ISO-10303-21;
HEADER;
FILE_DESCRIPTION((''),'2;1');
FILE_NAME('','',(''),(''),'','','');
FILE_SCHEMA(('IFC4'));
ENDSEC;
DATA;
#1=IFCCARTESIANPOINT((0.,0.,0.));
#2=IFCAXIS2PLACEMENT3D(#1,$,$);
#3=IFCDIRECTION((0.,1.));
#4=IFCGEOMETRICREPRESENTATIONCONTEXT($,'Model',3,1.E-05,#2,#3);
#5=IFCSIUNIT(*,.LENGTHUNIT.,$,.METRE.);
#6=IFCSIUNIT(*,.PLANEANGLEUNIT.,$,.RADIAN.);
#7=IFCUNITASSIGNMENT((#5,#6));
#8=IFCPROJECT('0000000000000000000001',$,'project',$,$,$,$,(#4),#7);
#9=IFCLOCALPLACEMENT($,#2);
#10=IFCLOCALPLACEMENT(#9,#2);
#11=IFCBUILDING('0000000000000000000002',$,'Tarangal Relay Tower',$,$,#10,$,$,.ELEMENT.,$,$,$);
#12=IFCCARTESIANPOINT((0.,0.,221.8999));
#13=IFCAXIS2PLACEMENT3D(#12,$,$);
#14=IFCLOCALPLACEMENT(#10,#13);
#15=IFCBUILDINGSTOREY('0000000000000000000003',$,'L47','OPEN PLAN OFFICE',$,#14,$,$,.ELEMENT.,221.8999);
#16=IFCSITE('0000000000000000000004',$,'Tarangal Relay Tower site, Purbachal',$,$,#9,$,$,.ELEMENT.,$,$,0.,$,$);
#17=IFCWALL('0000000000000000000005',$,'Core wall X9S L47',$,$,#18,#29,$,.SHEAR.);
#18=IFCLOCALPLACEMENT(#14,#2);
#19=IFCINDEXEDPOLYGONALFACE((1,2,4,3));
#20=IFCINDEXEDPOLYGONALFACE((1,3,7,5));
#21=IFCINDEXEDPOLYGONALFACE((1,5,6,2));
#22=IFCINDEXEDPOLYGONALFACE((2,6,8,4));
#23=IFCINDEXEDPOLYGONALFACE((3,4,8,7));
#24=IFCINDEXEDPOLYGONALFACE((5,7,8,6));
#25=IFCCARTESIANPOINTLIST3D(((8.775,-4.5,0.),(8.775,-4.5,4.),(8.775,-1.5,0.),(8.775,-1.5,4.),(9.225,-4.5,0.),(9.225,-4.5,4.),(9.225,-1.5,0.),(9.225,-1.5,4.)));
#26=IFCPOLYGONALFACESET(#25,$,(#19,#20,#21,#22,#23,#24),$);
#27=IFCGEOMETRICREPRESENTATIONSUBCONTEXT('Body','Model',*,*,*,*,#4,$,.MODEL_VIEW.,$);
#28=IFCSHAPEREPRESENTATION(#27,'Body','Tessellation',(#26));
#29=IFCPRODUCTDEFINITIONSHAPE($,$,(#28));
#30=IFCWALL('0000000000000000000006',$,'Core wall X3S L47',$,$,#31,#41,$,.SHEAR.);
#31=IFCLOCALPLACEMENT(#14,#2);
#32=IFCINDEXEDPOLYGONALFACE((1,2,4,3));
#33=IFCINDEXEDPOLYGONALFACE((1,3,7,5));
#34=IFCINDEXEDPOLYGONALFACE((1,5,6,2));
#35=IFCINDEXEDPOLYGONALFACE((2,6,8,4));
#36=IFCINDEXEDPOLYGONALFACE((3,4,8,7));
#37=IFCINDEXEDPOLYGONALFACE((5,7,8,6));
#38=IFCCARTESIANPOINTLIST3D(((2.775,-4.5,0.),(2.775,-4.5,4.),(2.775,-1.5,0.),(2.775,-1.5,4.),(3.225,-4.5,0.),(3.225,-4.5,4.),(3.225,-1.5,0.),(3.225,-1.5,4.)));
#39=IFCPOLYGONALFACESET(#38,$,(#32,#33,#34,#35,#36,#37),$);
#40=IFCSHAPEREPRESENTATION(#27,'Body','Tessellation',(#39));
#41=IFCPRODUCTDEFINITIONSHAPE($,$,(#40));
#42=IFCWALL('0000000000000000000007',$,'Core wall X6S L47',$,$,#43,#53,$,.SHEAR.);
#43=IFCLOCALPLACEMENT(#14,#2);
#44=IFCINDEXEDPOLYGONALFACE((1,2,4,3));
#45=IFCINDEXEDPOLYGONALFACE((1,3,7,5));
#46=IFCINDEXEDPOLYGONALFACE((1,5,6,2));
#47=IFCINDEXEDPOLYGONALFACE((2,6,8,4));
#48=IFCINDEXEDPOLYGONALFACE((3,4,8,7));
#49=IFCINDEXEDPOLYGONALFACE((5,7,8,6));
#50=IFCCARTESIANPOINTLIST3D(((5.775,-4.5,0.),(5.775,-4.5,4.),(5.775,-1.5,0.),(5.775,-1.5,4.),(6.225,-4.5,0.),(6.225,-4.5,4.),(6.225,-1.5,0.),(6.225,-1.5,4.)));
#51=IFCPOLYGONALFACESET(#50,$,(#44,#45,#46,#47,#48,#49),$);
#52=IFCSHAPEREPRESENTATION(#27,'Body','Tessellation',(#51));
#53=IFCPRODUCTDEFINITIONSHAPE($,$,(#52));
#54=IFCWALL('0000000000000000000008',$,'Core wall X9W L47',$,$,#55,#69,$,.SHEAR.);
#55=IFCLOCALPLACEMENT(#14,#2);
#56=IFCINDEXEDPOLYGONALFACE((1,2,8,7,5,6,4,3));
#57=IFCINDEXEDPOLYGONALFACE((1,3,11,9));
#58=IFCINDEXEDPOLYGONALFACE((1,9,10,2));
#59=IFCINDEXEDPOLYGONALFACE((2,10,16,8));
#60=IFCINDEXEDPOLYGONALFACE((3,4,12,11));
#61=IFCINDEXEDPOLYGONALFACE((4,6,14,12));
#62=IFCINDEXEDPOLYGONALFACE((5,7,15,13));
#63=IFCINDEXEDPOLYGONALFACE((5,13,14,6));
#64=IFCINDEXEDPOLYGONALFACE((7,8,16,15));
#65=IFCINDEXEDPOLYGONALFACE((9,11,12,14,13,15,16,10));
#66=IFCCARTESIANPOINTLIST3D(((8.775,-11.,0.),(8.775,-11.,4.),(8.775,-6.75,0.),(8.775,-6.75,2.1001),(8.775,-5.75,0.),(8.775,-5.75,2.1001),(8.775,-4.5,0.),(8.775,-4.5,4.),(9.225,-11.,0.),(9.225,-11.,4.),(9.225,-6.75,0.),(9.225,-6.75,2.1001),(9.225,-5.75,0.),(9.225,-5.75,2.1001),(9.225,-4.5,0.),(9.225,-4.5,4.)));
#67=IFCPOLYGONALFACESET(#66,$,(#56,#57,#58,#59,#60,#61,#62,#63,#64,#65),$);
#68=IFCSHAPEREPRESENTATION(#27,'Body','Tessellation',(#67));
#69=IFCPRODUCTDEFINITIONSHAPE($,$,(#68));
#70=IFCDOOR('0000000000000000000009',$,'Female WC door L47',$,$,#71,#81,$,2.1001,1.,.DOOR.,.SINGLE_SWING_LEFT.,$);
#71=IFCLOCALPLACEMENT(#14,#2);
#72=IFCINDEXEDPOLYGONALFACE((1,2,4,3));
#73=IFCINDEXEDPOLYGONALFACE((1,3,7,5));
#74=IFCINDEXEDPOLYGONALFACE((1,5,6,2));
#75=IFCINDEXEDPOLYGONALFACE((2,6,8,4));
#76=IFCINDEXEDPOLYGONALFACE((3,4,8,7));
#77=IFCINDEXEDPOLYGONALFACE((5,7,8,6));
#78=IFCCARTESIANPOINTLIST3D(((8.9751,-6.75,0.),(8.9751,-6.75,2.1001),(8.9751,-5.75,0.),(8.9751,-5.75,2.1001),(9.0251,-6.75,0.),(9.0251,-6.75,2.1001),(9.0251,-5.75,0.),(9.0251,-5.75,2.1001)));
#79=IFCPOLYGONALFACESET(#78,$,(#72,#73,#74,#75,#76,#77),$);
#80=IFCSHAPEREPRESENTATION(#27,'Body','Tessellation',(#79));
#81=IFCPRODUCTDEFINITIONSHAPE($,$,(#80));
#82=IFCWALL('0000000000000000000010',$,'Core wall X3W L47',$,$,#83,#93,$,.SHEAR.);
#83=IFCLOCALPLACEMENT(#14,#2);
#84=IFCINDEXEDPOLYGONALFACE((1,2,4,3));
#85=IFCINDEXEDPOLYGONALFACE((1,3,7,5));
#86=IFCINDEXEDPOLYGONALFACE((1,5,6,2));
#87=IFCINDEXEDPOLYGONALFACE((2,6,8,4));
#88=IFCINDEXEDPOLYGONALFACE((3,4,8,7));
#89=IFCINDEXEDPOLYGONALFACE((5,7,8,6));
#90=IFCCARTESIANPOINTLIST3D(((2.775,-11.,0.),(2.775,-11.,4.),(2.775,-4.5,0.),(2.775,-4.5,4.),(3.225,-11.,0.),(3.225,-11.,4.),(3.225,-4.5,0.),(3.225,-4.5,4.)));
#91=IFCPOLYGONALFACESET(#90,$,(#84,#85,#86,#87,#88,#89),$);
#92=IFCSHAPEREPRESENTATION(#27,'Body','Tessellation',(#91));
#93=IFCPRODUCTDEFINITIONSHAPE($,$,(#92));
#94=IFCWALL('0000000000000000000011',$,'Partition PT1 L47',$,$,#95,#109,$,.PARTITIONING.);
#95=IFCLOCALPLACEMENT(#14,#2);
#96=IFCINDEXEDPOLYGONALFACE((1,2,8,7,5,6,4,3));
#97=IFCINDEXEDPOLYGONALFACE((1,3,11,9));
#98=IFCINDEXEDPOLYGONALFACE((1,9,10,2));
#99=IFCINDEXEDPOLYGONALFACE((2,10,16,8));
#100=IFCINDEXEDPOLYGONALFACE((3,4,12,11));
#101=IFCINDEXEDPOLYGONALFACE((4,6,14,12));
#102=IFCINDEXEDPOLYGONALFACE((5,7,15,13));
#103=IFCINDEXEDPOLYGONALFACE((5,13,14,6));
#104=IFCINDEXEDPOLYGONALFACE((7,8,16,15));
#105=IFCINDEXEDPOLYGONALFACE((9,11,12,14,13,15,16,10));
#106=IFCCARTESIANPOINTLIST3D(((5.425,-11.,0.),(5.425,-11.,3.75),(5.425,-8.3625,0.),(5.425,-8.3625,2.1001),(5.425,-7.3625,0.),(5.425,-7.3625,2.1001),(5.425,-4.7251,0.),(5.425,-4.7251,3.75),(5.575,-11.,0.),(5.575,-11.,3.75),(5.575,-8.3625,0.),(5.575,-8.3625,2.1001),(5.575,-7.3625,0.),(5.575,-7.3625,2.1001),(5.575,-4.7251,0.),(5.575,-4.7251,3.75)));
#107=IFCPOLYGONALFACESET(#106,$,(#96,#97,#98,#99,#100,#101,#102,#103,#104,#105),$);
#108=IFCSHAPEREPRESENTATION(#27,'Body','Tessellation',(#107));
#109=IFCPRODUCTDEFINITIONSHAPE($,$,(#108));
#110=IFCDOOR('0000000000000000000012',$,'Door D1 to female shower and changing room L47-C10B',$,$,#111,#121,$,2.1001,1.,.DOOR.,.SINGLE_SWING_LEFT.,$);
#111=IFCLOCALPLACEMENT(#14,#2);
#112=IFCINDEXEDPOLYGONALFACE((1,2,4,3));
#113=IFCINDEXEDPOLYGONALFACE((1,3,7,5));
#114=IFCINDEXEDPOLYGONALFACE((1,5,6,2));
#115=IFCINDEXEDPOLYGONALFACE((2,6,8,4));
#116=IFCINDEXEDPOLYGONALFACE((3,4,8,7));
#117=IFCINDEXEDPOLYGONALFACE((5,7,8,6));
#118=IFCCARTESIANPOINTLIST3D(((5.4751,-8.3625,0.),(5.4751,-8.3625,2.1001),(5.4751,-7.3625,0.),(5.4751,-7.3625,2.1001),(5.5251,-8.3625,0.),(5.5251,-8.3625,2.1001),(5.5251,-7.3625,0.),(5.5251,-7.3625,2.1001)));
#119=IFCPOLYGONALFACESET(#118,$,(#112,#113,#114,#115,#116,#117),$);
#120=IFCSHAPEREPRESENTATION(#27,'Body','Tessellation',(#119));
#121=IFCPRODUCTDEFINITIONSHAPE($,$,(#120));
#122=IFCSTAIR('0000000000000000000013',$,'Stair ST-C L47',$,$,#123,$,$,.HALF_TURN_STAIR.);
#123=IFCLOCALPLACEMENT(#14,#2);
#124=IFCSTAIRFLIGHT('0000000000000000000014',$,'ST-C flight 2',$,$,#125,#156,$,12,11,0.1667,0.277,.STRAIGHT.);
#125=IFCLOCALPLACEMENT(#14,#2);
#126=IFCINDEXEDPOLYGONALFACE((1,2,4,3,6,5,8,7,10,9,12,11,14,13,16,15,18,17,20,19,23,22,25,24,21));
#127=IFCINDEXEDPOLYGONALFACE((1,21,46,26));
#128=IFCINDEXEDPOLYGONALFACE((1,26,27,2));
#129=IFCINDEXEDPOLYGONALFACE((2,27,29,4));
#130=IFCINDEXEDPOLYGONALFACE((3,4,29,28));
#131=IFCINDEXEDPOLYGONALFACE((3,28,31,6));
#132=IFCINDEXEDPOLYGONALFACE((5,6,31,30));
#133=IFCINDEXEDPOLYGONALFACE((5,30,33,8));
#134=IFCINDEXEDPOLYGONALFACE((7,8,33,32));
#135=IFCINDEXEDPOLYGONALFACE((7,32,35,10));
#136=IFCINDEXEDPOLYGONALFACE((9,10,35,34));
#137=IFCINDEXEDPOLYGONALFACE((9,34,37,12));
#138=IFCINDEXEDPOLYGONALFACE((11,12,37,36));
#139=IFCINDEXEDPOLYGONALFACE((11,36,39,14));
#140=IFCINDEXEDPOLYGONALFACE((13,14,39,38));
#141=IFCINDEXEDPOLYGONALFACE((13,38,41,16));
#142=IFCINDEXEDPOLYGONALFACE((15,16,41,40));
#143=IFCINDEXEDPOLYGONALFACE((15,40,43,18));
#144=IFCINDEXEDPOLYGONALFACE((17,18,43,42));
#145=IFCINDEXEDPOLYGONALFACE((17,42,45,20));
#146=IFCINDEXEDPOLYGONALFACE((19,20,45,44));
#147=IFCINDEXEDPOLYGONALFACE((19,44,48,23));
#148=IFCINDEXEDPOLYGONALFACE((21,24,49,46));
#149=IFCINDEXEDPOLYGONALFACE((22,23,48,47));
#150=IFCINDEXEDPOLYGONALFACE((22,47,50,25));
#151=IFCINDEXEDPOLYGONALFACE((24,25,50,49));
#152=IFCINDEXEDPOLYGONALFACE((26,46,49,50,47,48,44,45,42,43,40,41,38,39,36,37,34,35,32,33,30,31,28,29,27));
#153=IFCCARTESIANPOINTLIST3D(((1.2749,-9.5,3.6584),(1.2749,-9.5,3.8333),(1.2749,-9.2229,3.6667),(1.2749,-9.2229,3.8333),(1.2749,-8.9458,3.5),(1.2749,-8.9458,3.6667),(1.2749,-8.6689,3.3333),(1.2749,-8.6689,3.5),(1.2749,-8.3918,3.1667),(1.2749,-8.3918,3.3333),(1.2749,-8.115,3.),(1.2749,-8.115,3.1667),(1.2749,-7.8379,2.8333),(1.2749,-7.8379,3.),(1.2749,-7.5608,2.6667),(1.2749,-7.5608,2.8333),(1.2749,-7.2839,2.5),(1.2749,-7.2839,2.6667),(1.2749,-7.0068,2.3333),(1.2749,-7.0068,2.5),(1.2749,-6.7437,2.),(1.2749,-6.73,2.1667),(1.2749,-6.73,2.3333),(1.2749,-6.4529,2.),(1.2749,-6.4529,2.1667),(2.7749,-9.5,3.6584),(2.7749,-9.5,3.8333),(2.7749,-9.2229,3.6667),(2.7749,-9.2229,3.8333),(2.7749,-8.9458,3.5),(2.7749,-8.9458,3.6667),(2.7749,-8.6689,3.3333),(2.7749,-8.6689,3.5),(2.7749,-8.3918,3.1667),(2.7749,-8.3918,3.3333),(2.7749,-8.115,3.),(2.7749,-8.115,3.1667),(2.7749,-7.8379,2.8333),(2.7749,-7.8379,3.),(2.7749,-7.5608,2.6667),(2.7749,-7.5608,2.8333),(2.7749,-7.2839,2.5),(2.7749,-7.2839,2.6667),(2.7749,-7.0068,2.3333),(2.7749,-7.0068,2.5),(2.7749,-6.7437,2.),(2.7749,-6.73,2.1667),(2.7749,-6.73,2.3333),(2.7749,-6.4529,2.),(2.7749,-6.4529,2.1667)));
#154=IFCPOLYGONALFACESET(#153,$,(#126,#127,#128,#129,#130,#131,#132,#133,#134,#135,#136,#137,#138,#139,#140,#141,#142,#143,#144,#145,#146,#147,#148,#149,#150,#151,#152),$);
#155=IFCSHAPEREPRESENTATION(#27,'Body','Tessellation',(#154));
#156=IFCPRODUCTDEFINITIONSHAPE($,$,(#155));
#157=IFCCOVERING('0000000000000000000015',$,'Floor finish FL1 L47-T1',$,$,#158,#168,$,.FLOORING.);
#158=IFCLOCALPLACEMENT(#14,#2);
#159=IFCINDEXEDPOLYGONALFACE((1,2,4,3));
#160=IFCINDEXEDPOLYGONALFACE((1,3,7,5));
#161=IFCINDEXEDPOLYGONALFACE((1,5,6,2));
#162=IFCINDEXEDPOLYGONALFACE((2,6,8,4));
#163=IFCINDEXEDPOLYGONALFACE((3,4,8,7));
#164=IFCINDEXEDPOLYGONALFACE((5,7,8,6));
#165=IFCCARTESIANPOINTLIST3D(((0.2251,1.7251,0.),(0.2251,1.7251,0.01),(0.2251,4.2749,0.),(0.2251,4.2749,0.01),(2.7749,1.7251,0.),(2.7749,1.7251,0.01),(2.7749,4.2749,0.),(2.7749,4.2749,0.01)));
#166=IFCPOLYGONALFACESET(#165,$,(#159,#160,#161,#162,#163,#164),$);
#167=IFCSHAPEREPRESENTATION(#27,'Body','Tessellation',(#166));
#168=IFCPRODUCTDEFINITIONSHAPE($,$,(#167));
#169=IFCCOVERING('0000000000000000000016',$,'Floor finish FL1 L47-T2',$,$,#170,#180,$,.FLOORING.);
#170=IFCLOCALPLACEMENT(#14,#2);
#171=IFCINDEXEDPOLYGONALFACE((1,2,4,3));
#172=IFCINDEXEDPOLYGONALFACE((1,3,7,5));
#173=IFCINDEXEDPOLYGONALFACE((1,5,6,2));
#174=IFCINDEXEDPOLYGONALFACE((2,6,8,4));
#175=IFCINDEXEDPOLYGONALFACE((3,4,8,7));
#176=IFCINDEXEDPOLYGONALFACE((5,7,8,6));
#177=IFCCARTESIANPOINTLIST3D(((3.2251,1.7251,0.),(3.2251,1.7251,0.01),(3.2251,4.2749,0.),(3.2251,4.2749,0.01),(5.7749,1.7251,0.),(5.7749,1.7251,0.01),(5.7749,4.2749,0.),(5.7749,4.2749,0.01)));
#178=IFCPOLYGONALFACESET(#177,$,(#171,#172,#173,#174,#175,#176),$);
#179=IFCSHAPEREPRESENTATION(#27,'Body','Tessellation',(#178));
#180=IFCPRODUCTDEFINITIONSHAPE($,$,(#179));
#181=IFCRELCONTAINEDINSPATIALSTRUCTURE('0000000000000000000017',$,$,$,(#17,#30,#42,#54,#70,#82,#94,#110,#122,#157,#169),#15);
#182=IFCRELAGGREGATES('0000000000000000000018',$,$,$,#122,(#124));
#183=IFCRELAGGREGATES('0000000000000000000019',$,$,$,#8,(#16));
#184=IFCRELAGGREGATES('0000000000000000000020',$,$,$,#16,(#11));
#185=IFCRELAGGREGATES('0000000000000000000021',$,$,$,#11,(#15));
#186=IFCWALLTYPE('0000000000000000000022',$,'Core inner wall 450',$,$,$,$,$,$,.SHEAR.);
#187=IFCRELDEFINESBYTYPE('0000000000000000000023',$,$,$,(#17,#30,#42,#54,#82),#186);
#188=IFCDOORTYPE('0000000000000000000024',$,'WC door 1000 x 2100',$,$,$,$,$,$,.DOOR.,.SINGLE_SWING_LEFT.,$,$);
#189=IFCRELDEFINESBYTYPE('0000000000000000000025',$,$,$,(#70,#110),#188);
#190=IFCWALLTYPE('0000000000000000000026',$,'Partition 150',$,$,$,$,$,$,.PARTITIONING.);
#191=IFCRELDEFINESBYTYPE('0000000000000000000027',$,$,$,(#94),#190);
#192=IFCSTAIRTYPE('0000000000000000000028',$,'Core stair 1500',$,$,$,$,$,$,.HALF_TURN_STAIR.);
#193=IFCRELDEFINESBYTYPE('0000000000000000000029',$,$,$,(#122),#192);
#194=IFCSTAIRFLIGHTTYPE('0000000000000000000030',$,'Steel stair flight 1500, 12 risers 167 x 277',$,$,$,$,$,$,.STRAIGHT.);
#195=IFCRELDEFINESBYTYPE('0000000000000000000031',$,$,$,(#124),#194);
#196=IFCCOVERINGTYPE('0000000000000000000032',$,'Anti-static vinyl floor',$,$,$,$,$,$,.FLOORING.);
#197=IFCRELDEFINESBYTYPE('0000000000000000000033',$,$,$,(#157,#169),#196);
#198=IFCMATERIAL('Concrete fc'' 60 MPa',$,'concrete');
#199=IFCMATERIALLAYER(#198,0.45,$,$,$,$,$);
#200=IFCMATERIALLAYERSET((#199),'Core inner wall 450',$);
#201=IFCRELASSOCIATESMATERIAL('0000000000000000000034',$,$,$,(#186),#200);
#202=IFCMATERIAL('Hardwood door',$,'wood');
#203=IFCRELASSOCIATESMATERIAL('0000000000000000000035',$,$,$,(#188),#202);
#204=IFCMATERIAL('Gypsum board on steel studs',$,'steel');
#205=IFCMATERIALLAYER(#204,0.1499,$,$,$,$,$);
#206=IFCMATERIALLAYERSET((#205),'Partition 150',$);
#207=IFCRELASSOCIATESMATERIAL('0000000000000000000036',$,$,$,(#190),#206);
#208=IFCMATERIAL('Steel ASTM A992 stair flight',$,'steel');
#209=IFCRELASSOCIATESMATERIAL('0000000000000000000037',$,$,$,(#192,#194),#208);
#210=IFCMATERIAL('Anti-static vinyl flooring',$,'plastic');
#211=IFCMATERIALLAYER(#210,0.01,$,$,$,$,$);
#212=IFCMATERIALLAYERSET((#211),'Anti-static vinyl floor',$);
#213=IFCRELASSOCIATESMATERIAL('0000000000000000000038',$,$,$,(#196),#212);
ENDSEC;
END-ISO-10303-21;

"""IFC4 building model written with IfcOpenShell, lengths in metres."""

from ifc_helpers import new_model, si_unit, direction, frame, frame_2d, origin, place, context, subcontext, project, spatial, polyline, rectangle, outline, extrude, material, layer, layer_set, type_object, element, fill, aggregate, save


model = new_model("IFC4")

# Units and contexts
model_context = context("Model", 3, precision=1e-05, world=origin(), true_north=direction((0.0, 1.0)))
body_context = subcontext(model_context, "Body", "Model", "MODEL_VIEW")
ifc_project = project(units=[si_unit("LENGTHUNIT", "METRE"), si_unit("PLANEANGLEUNIT", "RADIAN")], contexts=[model_context])

# Site, building, storey
site_placement = place(None, origin())
site = spatial("IfcSite", under=ifc_project, at=site_placement, Name="Tarangal Relay Tower site, Purbachal", CompositionType="ELEMENT", RefElevation=0.0)
building_placement = place(site_placement, origin())
building = spatial("IfcBuilding", under=site, at=building_placement, Name="Tarangal Relay Tower", CompositionType="ELEMENT")
storey_placement = place(building_placement, frame((0.0, 0.0, 221.8999)))
storey = spatial("IfcBuildingStorey", under=building, at=storey_placement, Name="L47", Description="OPEN PLAN OFFICE", CompositionType="ELEMENT", Elevation=221.8999)

# Walls
ifc_material_1 = material(Name="Concrete fc' 60 MPa", Category="concrete")
ifc_layer_1 = layer(ifc_material_1, 0.45)
ifc_layer_set_1 = layer_set([ifc_layer_1], Name="Core inner wall 450")
wall_type_1 = type_object("IfcWallType", Name="Core inner wall 450", PredefinedType="SHEAR", material=ifc_layer_set_1)
for number, where, z_axis, x_axis, name in (
    (1, (9.0, -4.5, 0.0), (0.0, 0.0, 1.0), (0.0, 1.0, 0.0), "Core wall X9S L47"),
    (2, (3.0, -4.5, 0.0), (0.0, 0.0, 1.0), (0.0, 1.0, 0.0), "Core wall X3S L47"),
    (3, (6.0, -4.5, 0.0), (0.0, 0.0, 1.0), (0.0, 1.0, 0.0), "Core wall X6S L47"),
):
    element("IfcWall", number, at=place(storey_placement, frame(where, z_axis=z_axis, x_axis=x_axis)), inside=storey, type_object=wall_type_1, Name=name, PredefinedType="SHEAR", context=body_context, shape_type="SweptSolid", body=[
        extrude(rectangle(XDim=3.0, YDim=0.45, at=frame_2d((1.5, 0.0))), origin(), (0.0, 0.0, 1.0), 4.0),
    ])

# Wall, opening, door
wall_1_placement = place(storey_placement, frame((9.0, -11.0, 0.0), z_axis=(0.0, 0.0, 1.0), x_axis=(0.0, 1.0, 0.0)))
wall_1 = element("IfcWall", 4, at=wall_1_placement, inside=storey, type_object=wall_type_1, Name="Core wall X9W L47", PredefinedType="SHEAR", context=body_context, shape_type="SweptSolid", body=[
    extrude(rectangle(XDim=6.5, YDim=0.45, at=frame_2d((3.25, 0.0))), origin(), (0.0, 0.0, 1.0), 4.0),
])
opening_1_placement = place(wall_1_placement, frame((4.25, 0.0, 0.0)))
opening_1 = element("IfcOpeningElement", 5, at=opening_1_placement, cuts=wall_1, PredefinedType="OPENING", context=body_context, shape_type="SweptSolid", body=[
    extrude(rectangle(XDim=1.0, YDim=2.1001, at=frame_2d((0.5, 1.05))), frame((0.0, 0.2349, 0.0), z_axis=(0.0, -1.0, 0.0), x_axis=(1.0, 0.0, 0.0)), (0.0, 0.0, 1.0), 0.47),
])
ifc_material_2 = material(Name="Hardwood door", Category="wood")
door_type = type_object("IfcDoorType", Name="WC door 1000 x 2100", OperationType="SINGLE_SWING_LEFT", PredefinedType="DOOR", material=ifc_material_2)
door_1_placement = place(opening_1_placement, origin())
door_1 = element("IfcDoor", 6, at=door_1_placement, inside=storey, type_object=door_type, Name="Female WC door L47", OperationType="SINGLE_SWING_LEFT", OverallHeight=2.1001, OverallWidth=1.0, PredefinedType="DOOR", context=body_context, shape_type="SweptSolid", body=[
    extrude(rectangle(XDim=1.0, YDim=2.1001, at=frame_2d((0.5, 1.05))), frame((0.0, 0.0249, 0.0), z_axis=(0.0, -1.0, 0.0), x_axis=(1.0, 0.0, 0.0)), (0.0, 0.0, 1.0), 0.05),
])
fill(opening_1, door_1)

# Wall
wall_2_placement = place(storey_placement, frame((3.0, -11.0, 0.0), z_axis=(0.0, 0.0, 1.0), x_axis=(0.0, 1.0, 0.0)))
element("IfcWall", 7, at=wall_2_placement, inside=storey, type_object=wall_type_1, Name="Core wall X3W L47", PredefinedType="SHEAR", context=body_context, shape_type="SweptSolid", body=[
    extrude(rectangle(XDim=6.5, YDim=0.45, at=frame_2d((3.25, 0.0))), origin(), (0.0, 0.0, 1.0), 4.0),
])

# Wall, opening, door
ifc_material_3 = material(Name="Gypsum board on steel studs", Category="steel")
ifc_layer_2 = layer(ifc_material_3, 0.1499)
ifc_layer_set_2 = layer_set([ifc_layer_2], Name="Partition 150")
wall_type_2 = type_object("IfcWallType", Name="Partition 150", PredefinedType="PARTITIONING", material=ifc_layer_set_2)
wall_3_placement = place(storey_placement, frame((5.5, -11.0, 0.0), z_axis=(0.0, 0.0, 1.0), x_axis=(0.0, 1.0, 0.0)))
wall_3 = element("IfcWall", 8, at=wall_3_placement, inside=storey, type_object=wall_type_2, Name="Partition PT1 L47", PredefinedType="PARTITIONING", context=body_context, shape_type="SweptSolid", body=[
    extrude(rectangle(XDim=6.2749, YDim=0.1499, at=frame_2d((3.1375, 0.0))), origin(), (0.0, 0.0, 1.0), 3.75),
])
opening_2_placement = place(wall_3_placement, frame((2.6375, 0.0, 0.0)))
opening_2 = element("IfcOpeningElement", 9, at=opening_2_placement, cuts=wall_3, PredefinedType="OPENING", context=body_context, shape_type="SweptSolid", body=[
    extrude(rectangle(XDim=1.0, YDim=2.1001, at=frame_2d((0.5, 1.05))), frame((0.0, 0.085, 0.0), z_axis=(0.0, -1.0, 0.0), x_axis=(1.0, 0.0, 0.0)), (0.0, 0.0, 1.0), 0.1699),
])
door_2_placement = place(opening_2_placement, origin())
door_2 = element("IfcDoor", 10, at=door_2_placement, inside=storey, type_object=door_type, Name="Door D1 to female shower and changing room L47-C10B", OperationType="SINGLE_SWING_LEFT", OverallHeight=2.1001, OverallWidth=1.0, PredefinedType="DOOR", context=body_context, shape_type="SweptSolid", body=[
    extrude(rectangle(XDim=1.0, YDim=2.1001, at=frame_2d((0.5, 1.05))), frame((0.0, 0.0249, 0.0), z_axis=(0.0, -1.0, 0.0), x_axis=(1.0, 0.0, 0.0)), (0.0, 0.0, 1.0), 0.05),
])
fill(opening_2, door_2)

# Stair, stair flight
ifc_material_4 = material(Name="Steel ASTM A992 stair flight", Category="steel")
stair_type = type_object("IfcStairType", Name="Core stair 1500", PredefinedType="HALF_TURN_STAIR", material=ifc_material_4)
stair_placement = place(storey_placement, origin())
stair = element("IfcStair", 11, at=stair_placement, inside=storey, type_object=stair_type, Name="Stair ST-C L47", PredefinedType="HALF_TURN_STAIR")
stair_flight_type = type_object("IfcStairFlightType", Name="Steel stair flight 1500, 12 risers 167 x 277", PredefinedType="STRAIGHT", material=ifc_material_4)
stair_flight_placement = place(storey_placement, frame((2.0249, -6.4529, 2.0), z_axis=(0.0, 0.0, 1.0), x_axis=(0.0, -1.0, 0.0)))
stair_flight = element("IfcStairFlight", 12, at=stair_flight_placement, type_object=stair_flight_type, Name="ST-C flight 2", NumberOfRisers=12, NumberOfTreads=11, PredefinedType="STRAIGHT", RiserHeight=0.1667, TreadLength=0.277, context=body_context, shape_type="SweptSolid", body=[
    extrude(outline(polyline([(0.0, 0.0), (0.0, 0.1667), (0.2771, 0.1667), (0.2771, 0.3333), (0.554, 0.3333), (0.554, 0.5), (0.8311, 0.5), (0.8311, 0.6667), (1.1079, 0.6667), (1.1079, 0.8333), (1.385, 0.8333), (1.385, 1.0), (1.6621, 1.0), (1.6621, 1.1667), (1.939, 1.1667), (1.939, 1.3333), (2.2161, 1.3333), (2.2161, 1.5), (2.4929, 1.5), (2.4929, 1.6667), (2.77, 1.6667), (2.77, 1.8333), (3.0471, 1.8333), (3.0471, 2.0), (3.0471, 1.6584), (0.2908, 0.0), (0.0, 0.0)])), frame((0.0, 0.75, 0.0), z_axis=(0.0, -1.0, 0.0), x_axis=(1.0, 0.0, 0.0)), (0.0, 0.0, 1.0), 1.5),
])
aggregate(stair, [stair_flight])

# Coverings
ifc_material_5 = material(Name="Anti-static vinyl flooring", Category="plastic")
ifc_layer_3 = layer(ifc_material_5, 0.01)
ifc_layer_set_3 = layer_set([ifc_layer_3], Name="Anti-static vinyl floor")
covering_type_1 = type_object("IfcCoveringType", Name="Anti-static vinyl floor", PredefinedType="FLOORING", material=ifc_layer_set_3)
covering_1_placement = place(storey_placement, origin())
element("IfcCovering", 13, at=covering_1_placement, inside=storey, type_object=covering_type_1, Name="Floor finish FL1 L47-T1", PredefinedType="FLOORING", context=body_context, shape_type="SweptSolid", body=[
    extrude(outline(polyline([(0.2251, 1.7251), (2.7749, 1.7251), (2.7749, 4.2749), (0.2251, 4.2749), (0.2251, 1.7251)])), origin(), (0.0, 0.0, 1.0), 0.01),
])
covering_2_placement = place(storey_placement, origin())
element("IfcCovering", 14, at=covering_2_placement, inside=storey, type_object=covering_type_1, Name="Floor finish FL1 L47-T2", PredefinedType="FLOORING", context=body_context, shape_type="SweptSolid", body=[
    extrude(outline(polyline([(3.2251, 1.7251), (5.7749, 1.7251), (5.7749, 4.2749), (3.2251, 4.2749), (3.2251, 1.7251)])), origin(), (0.0, 0.0, 1.0), 0.01),
])

save(model, "model.ifc")
